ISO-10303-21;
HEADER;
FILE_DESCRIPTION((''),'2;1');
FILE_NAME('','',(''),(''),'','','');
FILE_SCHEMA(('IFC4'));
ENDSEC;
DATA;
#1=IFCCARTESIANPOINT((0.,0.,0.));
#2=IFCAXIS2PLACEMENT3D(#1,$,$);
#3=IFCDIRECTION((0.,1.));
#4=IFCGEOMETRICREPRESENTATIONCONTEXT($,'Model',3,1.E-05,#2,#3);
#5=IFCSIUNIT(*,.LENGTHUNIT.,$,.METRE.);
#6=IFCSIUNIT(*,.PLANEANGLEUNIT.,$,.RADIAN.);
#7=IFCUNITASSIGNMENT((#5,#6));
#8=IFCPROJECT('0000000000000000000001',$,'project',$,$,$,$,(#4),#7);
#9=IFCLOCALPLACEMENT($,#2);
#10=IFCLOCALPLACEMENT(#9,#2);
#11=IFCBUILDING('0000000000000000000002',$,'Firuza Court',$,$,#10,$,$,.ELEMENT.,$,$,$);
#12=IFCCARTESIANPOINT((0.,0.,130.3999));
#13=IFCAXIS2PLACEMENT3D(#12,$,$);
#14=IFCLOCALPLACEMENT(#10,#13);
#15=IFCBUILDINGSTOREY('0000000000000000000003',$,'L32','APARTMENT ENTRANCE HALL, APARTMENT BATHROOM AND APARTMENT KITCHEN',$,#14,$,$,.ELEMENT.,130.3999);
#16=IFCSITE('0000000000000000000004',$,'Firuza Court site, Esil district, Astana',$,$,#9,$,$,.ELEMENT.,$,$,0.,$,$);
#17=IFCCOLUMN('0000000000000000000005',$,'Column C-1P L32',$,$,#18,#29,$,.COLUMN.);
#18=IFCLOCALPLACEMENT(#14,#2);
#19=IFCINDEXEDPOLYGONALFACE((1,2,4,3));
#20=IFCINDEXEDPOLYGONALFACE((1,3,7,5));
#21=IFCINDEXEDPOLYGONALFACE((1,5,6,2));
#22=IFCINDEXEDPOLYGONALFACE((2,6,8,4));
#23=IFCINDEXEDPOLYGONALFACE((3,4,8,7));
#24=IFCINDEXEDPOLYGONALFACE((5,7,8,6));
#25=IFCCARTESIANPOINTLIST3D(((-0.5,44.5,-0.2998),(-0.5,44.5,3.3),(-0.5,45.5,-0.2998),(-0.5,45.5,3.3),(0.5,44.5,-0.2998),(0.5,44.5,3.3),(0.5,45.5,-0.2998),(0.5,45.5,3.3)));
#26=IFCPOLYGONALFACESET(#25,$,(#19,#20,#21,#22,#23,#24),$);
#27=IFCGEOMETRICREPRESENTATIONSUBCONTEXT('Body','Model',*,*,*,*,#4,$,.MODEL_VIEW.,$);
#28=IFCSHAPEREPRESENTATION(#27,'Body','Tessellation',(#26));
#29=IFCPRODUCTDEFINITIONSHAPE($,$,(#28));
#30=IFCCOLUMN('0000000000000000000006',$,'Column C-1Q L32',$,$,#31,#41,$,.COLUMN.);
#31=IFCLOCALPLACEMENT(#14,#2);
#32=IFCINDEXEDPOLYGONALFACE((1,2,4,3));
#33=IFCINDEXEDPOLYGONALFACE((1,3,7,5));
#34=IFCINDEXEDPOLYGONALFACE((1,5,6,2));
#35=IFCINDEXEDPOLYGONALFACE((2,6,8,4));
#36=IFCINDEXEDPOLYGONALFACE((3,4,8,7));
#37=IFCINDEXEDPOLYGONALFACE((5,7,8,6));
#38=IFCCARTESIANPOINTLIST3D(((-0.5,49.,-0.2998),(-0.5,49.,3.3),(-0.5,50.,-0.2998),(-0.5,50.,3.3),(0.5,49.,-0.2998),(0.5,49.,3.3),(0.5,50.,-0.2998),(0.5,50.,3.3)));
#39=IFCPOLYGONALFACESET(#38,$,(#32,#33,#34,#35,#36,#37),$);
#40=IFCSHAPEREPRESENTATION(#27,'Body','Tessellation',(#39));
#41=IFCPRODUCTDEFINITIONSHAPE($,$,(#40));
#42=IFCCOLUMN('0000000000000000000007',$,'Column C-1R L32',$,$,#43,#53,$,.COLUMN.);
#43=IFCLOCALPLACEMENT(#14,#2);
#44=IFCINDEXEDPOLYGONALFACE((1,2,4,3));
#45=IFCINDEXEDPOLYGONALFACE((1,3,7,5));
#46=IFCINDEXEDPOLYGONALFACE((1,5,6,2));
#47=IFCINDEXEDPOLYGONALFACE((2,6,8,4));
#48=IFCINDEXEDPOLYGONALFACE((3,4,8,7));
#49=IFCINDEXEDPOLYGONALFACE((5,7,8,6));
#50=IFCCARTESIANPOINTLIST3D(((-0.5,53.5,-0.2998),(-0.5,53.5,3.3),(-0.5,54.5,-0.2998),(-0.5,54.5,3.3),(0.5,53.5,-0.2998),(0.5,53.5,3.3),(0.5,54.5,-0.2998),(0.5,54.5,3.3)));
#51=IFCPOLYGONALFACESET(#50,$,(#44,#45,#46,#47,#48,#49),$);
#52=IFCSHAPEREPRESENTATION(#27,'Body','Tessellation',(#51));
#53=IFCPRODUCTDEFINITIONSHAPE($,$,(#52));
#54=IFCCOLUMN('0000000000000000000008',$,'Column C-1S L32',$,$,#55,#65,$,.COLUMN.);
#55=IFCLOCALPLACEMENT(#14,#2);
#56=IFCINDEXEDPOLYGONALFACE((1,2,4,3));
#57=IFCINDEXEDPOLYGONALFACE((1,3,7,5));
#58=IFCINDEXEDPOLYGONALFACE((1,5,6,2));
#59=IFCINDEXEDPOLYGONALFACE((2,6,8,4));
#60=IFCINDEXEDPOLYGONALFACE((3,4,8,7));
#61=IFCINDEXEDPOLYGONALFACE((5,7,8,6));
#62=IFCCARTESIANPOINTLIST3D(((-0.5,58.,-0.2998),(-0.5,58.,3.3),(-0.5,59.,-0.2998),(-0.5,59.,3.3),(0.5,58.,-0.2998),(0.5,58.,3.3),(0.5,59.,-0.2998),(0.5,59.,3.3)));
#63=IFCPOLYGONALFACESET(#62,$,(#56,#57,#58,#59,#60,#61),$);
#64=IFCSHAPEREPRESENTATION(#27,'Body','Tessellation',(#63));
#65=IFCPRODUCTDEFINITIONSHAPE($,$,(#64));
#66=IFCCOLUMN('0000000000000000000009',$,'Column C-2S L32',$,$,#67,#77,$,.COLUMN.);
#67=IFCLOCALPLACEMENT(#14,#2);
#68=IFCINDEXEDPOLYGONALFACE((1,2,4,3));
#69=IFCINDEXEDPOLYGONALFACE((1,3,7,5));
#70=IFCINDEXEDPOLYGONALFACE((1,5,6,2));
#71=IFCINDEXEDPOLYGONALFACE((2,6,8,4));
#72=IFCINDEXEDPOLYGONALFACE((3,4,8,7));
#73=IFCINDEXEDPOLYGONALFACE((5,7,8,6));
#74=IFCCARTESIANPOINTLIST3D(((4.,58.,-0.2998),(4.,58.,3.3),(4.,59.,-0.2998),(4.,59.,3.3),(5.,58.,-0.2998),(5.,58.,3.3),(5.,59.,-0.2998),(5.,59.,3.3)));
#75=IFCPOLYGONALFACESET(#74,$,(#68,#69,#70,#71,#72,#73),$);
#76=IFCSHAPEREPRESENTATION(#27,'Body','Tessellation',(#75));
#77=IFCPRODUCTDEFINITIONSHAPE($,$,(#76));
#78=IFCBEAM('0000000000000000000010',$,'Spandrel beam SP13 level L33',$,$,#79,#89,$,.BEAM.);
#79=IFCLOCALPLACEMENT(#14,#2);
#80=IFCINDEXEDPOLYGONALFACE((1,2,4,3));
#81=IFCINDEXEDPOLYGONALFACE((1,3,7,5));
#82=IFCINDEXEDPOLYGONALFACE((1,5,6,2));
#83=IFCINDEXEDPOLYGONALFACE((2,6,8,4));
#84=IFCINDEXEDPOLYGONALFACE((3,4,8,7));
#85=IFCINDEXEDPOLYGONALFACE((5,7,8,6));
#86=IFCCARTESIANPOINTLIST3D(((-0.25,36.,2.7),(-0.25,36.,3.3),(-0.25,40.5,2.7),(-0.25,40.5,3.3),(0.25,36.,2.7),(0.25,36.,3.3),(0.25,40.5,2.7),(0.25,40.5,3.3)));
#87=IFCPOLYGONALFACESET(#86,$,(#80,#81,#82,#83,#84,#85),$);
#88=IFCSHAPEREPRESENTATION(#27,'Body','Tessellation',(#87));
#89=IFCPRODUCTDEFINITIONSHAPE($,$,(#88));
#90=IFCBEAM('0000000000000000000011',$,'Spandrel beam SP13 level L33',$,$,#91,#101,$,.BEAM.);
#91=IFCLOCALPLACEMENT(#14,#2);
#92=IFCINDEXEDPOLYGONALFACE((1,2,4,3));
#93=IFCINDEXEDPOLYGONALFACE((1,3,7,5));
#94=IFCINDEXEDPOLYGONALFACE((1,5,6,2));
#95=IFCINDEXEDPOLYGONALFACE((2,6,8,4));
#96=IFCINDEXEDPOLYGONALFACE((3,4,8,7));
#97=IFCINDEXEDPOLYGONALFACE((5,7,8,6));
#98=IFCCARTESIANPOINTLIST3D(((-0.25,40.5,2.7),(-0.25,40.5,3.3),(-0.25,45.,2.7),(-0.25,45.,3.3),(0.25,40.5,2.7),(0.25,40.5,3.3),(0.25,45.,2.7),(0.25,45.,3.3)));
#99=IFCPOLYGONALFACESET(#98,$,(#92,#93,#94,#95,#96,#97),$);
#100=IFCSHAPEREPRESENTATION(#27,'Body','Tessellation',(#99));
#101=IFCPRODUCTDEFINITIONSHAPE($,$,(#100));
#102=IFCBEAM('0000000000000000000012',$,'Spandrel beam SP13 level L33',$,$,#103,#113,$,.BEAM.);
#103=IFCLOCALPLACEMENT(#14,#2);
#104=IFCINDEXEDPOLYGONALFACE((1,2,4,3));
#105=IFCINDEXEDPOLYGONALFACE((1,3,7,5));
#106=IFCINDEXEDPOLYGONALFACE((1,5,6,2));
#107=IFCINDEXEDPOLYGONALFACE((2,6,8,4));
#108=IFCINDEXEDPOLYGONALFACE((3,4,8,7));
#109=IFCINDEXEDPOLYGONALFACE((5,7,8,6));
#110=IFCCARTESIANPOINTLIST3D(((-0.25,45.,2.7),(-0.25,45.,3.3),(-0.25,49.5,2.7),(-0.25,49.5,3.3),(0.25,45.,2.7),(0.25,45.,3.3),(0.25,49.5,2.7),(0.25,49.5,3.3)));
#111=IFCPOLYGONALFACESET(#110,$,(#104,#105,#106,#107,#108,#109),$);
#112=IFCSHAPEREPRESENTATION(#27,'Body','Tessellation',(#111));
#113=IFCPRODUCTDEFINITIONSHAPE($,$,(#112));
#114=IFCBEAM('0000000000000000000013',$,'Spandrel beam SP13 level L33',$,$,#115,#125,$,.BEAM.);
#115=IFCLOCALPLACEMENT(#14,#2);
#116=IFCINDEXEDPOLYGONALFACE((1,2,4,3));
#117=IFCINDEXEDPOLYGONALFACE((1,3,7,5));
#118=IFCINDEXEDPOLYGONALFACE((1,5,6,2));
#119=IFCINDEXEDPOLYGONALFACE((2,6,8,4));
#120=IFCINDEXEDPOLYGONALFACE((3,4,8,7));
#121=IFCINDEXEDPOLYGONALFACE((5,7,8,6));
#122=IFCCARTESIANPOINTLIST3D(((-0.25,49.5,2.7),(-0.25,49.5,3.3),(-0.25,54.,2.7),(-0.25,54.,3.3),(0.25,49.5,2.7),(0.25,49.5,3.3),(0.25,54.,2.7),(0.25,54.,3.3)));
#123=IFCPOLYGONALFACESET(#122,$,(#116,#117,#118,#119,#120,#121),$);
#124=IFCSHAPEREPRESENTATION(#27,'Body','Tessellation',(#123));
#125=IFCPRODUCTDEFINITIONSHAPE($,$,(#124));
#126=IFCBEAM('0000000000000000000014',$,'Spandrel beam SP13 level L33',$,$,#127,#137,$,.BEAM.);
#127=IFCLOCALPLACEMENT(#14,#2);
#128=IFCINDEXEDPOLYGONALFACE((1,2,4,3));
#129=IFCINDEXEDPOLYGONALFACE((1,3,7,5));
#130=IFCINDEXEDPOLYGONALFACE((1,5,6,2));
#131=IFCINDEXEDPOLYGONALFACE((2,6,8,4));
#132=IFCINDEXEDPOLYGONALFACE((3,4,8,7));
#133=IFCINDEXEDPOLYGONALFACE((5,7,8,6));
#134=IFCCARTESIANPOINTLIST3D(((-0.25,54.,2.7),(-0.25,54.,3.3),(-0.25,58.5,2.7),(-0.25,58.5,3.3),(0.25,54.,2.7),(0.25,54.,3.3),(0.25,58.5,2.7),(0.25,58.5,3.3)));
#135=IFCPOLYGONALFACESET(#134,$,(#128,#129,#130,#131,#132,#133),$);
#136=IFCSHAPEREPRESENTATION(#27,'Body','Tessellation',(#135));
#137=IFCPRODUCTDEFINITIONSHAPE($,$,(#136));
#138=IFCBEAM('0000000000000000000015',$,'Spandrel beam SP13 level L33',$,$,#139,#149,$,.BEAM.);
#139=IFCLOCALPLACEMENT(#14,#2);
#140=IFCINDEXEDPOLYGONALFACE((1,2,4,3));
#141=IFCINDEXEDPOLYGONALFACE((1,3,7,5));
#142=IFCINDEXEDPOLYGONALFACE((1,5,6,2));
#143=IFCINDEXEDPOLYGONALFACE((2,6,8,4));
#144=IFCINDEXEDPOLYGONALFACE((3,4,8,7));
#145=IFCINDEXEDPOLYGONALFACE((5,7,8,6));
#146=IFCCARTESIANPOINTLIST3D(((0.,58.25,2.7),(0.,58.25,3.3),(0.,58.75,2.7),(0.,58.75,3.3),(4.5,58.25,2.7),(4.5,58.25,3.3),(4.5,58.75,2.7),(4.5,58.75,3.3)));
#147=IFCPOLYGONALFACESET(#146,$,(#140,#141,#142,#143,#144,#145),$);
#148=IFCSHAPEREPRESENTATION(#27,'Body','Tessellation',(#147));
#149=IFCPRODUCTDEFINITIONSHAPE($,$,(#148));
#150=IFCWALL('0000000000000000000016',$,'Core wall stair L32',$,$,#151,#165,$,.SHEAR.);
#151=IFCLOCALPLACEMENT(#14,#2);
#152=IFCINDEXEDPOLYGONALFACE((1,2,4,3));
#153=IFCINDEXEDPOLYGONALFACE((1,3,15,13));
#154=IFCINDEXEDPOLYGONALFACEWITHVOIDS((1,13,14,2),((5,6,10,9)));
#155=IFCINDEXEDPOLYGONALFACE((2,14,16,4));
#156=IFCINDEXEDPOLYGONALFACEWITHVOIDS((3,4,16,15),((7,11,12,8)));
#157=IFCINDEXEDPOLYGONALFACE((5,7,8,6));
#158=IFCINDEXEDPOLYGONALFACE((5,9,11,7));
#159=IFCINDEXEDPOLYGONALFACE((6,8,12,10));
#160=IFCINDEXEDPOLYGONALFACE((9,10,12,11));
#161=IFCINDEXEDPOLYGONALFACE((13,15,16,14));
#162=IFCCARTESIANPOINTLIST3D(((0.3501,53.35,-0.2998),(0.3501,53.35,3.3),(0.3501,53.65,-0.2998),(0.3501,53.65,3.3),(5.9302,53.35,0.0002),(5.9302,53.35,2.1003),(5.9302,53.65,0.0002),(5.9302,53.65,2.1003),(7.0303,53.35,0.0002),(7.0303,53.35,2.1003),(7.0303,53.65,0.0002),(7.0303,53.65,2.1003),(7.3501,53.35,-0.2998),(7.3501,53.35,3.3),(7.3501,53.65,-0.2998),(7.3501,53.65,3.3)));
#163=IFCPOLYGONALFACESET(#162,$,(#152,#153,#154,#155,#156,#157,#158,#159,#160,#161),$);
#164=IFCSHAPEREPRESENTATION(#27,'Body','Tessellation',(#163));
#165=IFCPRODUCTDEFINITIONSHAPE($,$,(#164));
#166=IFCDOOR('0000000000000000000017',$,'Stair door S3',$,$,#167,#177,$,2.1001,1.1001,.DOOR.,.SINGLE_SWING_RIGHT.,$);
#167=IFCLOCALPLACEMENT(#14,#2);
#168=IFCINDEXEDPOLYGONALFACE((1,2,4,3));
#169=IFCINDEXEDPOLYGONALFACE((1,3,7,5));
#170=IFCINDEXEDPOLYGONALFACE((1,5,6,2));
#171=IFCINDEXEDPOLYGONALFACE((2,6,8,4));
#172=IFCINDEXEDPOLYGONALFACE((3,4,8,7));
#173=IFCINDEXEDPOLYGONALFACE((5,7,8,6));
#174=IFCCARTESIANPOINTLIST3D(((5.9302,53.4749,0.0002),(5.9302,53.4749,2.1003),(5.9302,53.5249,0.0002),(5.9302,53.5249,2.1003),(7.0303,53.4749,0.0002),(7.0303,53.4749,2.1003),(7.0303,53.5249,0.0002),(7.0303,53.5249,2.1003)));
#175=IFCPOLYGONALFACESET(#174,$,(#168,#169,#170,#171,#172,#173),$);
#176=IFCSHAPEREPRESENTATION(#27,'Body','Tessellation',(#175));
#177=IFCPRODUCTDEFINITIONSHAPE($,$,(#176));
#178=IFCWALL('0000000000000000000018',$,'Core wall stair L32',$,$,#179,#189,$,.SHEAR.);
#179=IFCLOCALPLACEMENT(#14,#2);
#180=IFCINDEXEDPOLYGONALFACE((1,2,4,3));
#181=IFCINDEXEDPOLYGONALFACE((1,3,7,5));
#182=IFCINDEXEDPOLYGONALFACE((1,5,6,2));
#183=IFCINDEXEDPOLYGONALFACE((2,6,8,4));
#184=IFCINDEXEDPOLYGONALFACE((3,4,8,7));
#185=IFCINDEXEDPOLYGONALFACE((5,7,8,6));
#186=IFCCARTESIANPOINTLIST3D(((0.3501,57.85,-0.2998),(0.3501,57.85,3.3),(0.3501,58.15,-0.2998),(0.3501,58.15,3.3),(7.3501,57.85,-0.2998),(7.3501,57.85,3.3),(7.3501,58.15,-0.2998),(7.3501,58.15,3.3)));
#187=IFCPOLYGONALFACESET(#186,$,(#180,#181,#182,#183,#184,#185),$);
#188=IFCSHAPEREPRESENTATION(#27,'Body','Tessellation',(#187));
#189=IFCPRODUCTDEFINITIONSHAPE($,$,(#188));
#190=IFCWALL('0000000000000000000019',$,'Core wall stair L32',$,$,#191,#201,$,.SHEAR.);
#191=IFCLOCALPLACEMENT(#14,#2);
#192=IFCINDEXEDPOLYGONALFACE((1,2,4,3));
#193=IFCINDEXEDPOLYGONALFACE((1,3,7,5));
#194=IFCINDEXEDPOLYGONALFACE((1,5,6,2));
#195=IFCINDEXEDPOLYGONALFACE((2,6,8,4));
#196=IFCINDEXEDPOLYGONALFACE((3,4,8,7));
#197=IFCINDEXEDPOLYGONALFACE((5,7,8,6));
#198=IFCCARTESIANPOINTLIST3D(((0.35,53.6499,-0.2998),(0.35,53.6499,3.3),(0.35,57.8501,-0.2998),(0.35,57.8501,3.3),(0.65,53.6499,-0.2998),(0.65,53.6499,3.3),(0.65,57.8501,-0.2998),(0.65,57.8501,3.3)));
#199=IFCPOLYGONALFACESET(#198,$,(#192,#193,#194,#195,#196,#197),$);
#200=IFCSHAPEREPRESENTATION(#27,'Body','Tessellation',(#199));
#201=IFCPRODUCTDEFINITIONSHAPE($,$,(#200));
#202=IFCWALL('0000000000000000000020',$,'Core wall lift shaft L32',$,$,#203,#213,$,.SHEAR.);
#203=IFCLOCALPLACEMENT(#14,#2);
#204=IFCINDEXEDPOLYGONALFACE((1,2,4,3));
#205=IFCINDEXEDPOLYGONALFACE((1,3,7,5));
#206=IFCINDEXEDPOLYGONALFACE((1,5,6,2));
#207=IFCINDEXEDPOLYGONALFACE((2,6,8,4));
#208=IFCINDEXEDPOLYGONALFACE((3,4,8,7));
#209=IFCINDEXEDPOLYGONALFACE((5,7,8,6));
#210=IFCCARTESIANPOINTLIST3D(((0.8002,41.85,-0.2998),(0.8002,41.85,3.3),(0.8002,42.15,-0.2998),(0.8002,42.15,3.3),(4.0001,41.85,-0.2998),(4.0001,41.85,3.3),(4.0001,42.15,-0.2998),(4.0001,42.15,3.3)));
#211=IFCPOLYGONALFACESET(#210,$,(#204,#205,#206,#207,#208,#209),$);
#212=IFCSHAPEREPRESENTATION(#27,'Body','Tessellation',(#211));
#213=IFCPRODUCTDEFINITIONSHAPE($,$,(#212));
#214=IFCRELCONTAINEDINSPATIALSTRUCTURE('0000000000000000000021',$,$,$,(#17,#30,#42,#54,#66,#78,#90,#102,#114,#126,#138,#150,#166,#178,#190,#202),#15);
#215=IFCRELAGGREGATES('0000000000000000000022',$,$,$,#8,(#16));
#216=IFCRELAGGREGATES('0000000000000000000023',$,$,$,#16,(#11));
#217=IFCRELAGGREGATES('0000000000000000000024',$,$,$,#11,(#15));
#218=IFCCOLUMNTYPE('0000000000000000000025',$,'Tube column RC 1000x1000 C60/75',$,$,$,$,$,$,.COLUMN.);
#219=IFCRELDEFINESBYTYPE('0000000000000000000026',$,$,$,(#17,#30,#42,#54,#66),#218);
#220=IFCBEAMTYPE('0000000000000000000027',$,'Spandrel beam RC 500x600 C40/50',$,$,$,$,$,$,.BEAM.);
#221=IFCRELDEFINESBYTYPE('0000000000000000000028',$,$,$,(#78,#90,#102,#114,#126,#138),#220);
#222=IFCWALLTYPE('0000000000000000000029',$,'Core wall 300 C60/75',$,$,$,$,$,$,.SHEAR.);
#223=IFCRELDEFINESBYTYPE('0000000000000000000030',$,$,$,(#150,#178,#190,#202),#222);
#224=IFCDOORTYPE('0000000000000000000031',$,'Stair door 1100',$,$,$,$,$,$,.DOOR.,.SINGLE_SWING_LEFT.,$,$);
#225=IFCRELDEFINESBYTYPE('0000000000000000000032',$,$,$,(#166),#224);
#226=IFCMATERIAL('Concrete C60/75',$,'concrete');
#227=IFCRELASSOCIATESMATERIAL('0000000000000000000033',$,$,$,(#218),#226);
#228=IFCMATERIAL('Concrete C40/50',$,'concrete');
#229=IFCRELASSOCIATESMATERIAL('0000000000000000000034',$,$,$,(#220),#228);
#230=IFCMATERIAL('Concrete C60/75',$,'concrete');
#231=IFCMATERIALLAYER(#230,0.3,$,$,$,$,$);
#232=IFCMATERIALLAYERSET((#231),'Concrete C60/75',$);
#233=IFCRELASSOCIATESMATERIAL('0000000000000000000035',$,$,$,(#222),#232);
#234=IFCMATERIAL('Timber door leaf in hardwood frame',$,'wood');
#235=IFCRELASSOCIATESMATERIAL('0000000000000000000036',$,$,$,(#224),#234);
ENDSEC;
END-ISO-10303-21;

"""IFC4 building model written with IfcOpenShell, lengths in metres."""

from ifc_helpers import new_model, si_unit, direction, frame, frame_2d, origin, origin_2d, place, context, subcontext, project, spatial, rectangle, extrude, material, layer, layer_set, material_profile, profile_set, type_object, element, fill, save


model = new_model("IFC4")

# Units and contexts
model_context = context("Model", 3, precision=1e-05, world=origin(), true_north=direction((0.0, 1.0)))
body_context = subcontext(model_context, "Body", "Model", "MODEL_VIEW")
ifc_project = project(units=[si_unit("LENGTHUNIT", "METRE"), si_unit("PLANEANGLEUNIT", "RADIAN")], contexts=[model_context])

# Site, building, storey
site_placement = place(None, origin())
site = spatial("IfcSite", under=ifc_project, at=site_placement, Name="Firuza Court site, Esil district, Astana", CompositionType="ELEMENT", RefElevation=0.0)
building_placement = place(site_placement, origin())
building = spatial("IfcBuilding", under=site, at=building_placement, Name="Firuza Court", CompositionType="ELEMENT")
storey_placement = place(building_placement, frame((0.0, 0.0, 130.3999)))
storey = spatial("IfcBuildingStorey", under=building, at=storey_placement, Name="L32", Description="APARTMENT ENTRANCE HALL, APARTMENT BATHROOM AND APARTMENT KITCHEN", CompositionType="ELEMENT", Elevation=130.3999)

# Columns
ifc_material_1 = material(Name="Concrete C60/75", Category="concrete")
ifc_material_profile_1 = material_profile(ifc_material_1, rectangle(XDim=1.0, YDim=1.0, at=origin_2d()), Name="RC 1000x1000")
ifc_profile_set_1 = profile_set([ifc_material_profile_1], Name="Concrete C60/75")
column_type = type_object("IfcColumnType", Name="Tube column RC 1000x1000 C60/75", PredefinedType="COLUMN", material=ifc_profile_set_1)
for number, where, z_axis, x_axis, name in (
    (1, (0.0, 45.0, -0.2998), (0.0, 0.0, 1.0), (1.0, 0.0, 0.0), "Column C-1P L32"),
    (2, (0.0, 49.5, -0.2998), (0.0, 0.0, 1.0), (1.0, 0.0, 0.0), "Column C-1Q L32"),
    (3, (0.0, 54.0, -0.2998), (0.0, 0.0, 1.0), (1.0, 0.0, 0.0), "Column C-1R L32"),
    (4, (0.0, 58.5, -0.2998), (0.0, 0.0, 1.0), (1.0, 0.0, 0.0), "Column C-1S L32"),
    (5, (4.5, 58.5, -0.2998), (0.0, 0.0, 1.0), (1.0, 0.0, 0.0), "Column C-2S L32"),
):
    element("IfcColumn", number, at=place(storey_placement, frame(where, z_axis=z_axis, x_axis=x_axis)), inside=storey, type_object=column_type, Name=name, PredefinedType="COLUMN", context=body_context, shape_type="SweptSolid", body=[
        extrude(rectangle(XDim=1.0, YDim=1.0, at=origin_2d()), origin(), (0.0, 0.0, 1.0), 3.5999),
    ])

# Beams
ifc_material_2 = material(Name="Concrete C40/50", Category="concrete")
ifc_material_profile_2 = material_profile(ifc_material_2, rectangle(XDim=0.5, YDim=0.6001, at=origin_2d()), Name="RC 500x600")
ifc_profile_set_2 = profile_set([ifc_material_profile_2], Name="Concrete C40/50")
beam_type = type_object("IfcBeamType", Name="Spandrel beam RC 500x600 C40/50", PredefinedType="BEAM", material=ifc_profile_set_2)
for number, where, z_axis, x_axis, name in (
    (6, (0.0, 40.5, 3.0), (0.0, -1.0, 0.0), (1.0, 0.0, 0.0), "Spandrel beam SP13 level L33"),
    (7, (0.0, 45.0, 3.0), (0.0, -1.0, 0.0), (1.0, 0.0, 0.0), "Spandrel beam SP13 level L33"),
    (8, (0.0, 49.5, 3.0), (0.0, -1.0, 0.0), (1.0, 0.0, 0.0), "Spandrel beam SP13 level L33"),
    (9, (0.0, 54.0, 3.0), (0.0, -1.0, 0.0), (1.0, 0.0, 0.0), "Spandrel beam SP13 level L33"),
    (10, (0.0, 58.5, 3.0), (0.0, -1.0, 0.0), (1.0, 0.0, 0.0), "Spandrel beam SP13 level L33"),
    (11, (4.5, 58.5, 3.0), (-1.0, 0.0, 0.0), (0.0, -1.0, 0.0), "Spandrel beam SP13 level L33"),
):
    element("IfcBeam", number, at=place(storey_placement, frame(where, z_axis=z_axis, x_axis=x_axis)), inside=storey, type_object=beam_type, Name=name, PredefinedType="BEAM", context=body_context, shape_type="SweptSolid", body=[
        extrude(rectangle(XDim=0.5, YDim=0.6001, at=origin_2d()), origin(), (0.0, 0.0, 1.0), 4.5),
    ])

# Wall, opening, door
ifc_material_3 = material(Name="Concrete C60/75", Category="concrete")
ifc_layer_1 = layer(ifc_material_3, 0.3)
ifc_layer_set_1 = layer_set([ifc_layer_1], Name="Concrete C60/75")
wall_type_1 = type_object("IfcWallType", Name="Core wall 300 C60/75", PredefinedType="SHEAR", material=ifc_layer_set_1)
wall_1_placement = place(storey_placement, frame((0.3501, 53.5, -0.2998), z_axis=(0.0, 0.0, 1.0), x_axis=(1.0, 0.0, 0.0)))
wall_1 = element("IfcWall", 12, at=wall_1_placement, inside=storey, type_object=wall_type_1, Name="Core wall stair L32", PredefinedType="SHEAR", context=body_context, shape_type="SweptSolid", body=[
    extrude(rectangle(XDim=7.0, YDim=0.3, at=frame_2d((3.5, 0.0))), origin(), (0.0, 0.0, 1.0), 3.5999),
])
opening_placement = place(wall_1_placement, frame((5.5801, 0.0, 0.3)))
opening = element("IfcOpeningElement", 13, at=opening_placement, cuts=wall_1, PredefinedType="OPENING", context=body_context, shape_type="SweptSolid", body=[
    extrude(rectangle(XDim=1.1001, YDim=2.1001, at=frame_2d((0.55, 1.05))), frame((0.0, 0.1621, 0.0), z_axis=(0.0, -1.0, 0.0), x_axis=(1.0, 0.0, 0.0)), (0.0, 0.0, 1.0), 0.324),
])
ifc_material_4 = material(Name="Timber door leaf in hardwood frame", Category="wood")
door_type = type_object("IfcDoorType", Name="Stair door 1100", OperationType="SINGLE_SWING_LEFT", PredefinedType="DOOR", material=ifc_material_4)
door_placement = place(opening_placement, origin())
door = element("IfcDoor", 14, at=door_placement, inside=storey, type_object=door_type, Name="Stair door S3", OperationType="SINGLE_SWING_RIGHT", OverallHeight=2.1001, OverallWidth=1.1001, PredefinedType="DOOR", context=body_context, shape_type="SweptSolid", body=[
    extrude(rectangle(XDim=1.1001, YDim=2.1001, at=frame_2d((0.55, 1.05))), frame((0.0, 0.0249, 0.0), z_axis=(0.0, -1.0, 0.0), x_axis=(1.0, 0.0, 0.0)), (0.0, 0.0, 1.0), 0.05),
])
fill(opening, door)

# Walls
wall_2_placement = place(storey_placement, frame((0.3501, 58.0, -0.2998), z_axis=(0.0, 0.0, 1.0), x_axis=(1.0, 0.0, 0.0)))
element("IfcWall", 15, at=wall_2_placement, inside=storey, type_object=wall_type_1, Name="Core wall stair L32", PredefinedType="SHEAR", context=body_context, shape_type="SweptSolid", body=[
    extrude(rectangle(XDim=7.0, YDim=0.3, at=frame_2d((3.5, 0.0))), origin(), (0.0, 0.0, 1.0), 3.5999),
])
wall_3_placement = place(storey_placement, frame((0.5, 53.6499, -0.2998), z_axis=(0.0, 0.0, 1.0), x_axis=(0.0, 1.0, 0.0)))
element("IfcWall", 16, at=wall_3_placement, inside=storey, type_object=wall_type_1, Name="Core wall stair L32", PredefinedType="SHEAR", context=body_context, shape_type="SweptSolid", body=[
    extrude(rectangle(XDim=4.2002, YDim=0.3, at=frame_2d((2.1001, 0.0))), origin(), (0.0, 0.0, 1.0), 3.5999),
])
for number, where, z_axis, x_axis, name in (
    (17, (0.8, 42.0, -0.2998), (0.0, 0.0, 1.0), (1.0, 0.0, 0.0), "Core wall lift shaft L32"),
):
    element("IfcWall", number, at=place(storey_placement, frame(where, z_axis=z_axis, x_axis=x_axis)), inside=storey, type_object=wall_type_1, Name=name, PredefinedType="SHEAR", context=body_context, shape_type="SweptSolid", body=[
        extrude(rectangle(XDim=3.2, YDim=0.3, at=frame_2d((1.6001, 0.0))), origin(), (0.0, 0.0, 1.0), 3.5999),
    ])

save(model, "model.ifc")
